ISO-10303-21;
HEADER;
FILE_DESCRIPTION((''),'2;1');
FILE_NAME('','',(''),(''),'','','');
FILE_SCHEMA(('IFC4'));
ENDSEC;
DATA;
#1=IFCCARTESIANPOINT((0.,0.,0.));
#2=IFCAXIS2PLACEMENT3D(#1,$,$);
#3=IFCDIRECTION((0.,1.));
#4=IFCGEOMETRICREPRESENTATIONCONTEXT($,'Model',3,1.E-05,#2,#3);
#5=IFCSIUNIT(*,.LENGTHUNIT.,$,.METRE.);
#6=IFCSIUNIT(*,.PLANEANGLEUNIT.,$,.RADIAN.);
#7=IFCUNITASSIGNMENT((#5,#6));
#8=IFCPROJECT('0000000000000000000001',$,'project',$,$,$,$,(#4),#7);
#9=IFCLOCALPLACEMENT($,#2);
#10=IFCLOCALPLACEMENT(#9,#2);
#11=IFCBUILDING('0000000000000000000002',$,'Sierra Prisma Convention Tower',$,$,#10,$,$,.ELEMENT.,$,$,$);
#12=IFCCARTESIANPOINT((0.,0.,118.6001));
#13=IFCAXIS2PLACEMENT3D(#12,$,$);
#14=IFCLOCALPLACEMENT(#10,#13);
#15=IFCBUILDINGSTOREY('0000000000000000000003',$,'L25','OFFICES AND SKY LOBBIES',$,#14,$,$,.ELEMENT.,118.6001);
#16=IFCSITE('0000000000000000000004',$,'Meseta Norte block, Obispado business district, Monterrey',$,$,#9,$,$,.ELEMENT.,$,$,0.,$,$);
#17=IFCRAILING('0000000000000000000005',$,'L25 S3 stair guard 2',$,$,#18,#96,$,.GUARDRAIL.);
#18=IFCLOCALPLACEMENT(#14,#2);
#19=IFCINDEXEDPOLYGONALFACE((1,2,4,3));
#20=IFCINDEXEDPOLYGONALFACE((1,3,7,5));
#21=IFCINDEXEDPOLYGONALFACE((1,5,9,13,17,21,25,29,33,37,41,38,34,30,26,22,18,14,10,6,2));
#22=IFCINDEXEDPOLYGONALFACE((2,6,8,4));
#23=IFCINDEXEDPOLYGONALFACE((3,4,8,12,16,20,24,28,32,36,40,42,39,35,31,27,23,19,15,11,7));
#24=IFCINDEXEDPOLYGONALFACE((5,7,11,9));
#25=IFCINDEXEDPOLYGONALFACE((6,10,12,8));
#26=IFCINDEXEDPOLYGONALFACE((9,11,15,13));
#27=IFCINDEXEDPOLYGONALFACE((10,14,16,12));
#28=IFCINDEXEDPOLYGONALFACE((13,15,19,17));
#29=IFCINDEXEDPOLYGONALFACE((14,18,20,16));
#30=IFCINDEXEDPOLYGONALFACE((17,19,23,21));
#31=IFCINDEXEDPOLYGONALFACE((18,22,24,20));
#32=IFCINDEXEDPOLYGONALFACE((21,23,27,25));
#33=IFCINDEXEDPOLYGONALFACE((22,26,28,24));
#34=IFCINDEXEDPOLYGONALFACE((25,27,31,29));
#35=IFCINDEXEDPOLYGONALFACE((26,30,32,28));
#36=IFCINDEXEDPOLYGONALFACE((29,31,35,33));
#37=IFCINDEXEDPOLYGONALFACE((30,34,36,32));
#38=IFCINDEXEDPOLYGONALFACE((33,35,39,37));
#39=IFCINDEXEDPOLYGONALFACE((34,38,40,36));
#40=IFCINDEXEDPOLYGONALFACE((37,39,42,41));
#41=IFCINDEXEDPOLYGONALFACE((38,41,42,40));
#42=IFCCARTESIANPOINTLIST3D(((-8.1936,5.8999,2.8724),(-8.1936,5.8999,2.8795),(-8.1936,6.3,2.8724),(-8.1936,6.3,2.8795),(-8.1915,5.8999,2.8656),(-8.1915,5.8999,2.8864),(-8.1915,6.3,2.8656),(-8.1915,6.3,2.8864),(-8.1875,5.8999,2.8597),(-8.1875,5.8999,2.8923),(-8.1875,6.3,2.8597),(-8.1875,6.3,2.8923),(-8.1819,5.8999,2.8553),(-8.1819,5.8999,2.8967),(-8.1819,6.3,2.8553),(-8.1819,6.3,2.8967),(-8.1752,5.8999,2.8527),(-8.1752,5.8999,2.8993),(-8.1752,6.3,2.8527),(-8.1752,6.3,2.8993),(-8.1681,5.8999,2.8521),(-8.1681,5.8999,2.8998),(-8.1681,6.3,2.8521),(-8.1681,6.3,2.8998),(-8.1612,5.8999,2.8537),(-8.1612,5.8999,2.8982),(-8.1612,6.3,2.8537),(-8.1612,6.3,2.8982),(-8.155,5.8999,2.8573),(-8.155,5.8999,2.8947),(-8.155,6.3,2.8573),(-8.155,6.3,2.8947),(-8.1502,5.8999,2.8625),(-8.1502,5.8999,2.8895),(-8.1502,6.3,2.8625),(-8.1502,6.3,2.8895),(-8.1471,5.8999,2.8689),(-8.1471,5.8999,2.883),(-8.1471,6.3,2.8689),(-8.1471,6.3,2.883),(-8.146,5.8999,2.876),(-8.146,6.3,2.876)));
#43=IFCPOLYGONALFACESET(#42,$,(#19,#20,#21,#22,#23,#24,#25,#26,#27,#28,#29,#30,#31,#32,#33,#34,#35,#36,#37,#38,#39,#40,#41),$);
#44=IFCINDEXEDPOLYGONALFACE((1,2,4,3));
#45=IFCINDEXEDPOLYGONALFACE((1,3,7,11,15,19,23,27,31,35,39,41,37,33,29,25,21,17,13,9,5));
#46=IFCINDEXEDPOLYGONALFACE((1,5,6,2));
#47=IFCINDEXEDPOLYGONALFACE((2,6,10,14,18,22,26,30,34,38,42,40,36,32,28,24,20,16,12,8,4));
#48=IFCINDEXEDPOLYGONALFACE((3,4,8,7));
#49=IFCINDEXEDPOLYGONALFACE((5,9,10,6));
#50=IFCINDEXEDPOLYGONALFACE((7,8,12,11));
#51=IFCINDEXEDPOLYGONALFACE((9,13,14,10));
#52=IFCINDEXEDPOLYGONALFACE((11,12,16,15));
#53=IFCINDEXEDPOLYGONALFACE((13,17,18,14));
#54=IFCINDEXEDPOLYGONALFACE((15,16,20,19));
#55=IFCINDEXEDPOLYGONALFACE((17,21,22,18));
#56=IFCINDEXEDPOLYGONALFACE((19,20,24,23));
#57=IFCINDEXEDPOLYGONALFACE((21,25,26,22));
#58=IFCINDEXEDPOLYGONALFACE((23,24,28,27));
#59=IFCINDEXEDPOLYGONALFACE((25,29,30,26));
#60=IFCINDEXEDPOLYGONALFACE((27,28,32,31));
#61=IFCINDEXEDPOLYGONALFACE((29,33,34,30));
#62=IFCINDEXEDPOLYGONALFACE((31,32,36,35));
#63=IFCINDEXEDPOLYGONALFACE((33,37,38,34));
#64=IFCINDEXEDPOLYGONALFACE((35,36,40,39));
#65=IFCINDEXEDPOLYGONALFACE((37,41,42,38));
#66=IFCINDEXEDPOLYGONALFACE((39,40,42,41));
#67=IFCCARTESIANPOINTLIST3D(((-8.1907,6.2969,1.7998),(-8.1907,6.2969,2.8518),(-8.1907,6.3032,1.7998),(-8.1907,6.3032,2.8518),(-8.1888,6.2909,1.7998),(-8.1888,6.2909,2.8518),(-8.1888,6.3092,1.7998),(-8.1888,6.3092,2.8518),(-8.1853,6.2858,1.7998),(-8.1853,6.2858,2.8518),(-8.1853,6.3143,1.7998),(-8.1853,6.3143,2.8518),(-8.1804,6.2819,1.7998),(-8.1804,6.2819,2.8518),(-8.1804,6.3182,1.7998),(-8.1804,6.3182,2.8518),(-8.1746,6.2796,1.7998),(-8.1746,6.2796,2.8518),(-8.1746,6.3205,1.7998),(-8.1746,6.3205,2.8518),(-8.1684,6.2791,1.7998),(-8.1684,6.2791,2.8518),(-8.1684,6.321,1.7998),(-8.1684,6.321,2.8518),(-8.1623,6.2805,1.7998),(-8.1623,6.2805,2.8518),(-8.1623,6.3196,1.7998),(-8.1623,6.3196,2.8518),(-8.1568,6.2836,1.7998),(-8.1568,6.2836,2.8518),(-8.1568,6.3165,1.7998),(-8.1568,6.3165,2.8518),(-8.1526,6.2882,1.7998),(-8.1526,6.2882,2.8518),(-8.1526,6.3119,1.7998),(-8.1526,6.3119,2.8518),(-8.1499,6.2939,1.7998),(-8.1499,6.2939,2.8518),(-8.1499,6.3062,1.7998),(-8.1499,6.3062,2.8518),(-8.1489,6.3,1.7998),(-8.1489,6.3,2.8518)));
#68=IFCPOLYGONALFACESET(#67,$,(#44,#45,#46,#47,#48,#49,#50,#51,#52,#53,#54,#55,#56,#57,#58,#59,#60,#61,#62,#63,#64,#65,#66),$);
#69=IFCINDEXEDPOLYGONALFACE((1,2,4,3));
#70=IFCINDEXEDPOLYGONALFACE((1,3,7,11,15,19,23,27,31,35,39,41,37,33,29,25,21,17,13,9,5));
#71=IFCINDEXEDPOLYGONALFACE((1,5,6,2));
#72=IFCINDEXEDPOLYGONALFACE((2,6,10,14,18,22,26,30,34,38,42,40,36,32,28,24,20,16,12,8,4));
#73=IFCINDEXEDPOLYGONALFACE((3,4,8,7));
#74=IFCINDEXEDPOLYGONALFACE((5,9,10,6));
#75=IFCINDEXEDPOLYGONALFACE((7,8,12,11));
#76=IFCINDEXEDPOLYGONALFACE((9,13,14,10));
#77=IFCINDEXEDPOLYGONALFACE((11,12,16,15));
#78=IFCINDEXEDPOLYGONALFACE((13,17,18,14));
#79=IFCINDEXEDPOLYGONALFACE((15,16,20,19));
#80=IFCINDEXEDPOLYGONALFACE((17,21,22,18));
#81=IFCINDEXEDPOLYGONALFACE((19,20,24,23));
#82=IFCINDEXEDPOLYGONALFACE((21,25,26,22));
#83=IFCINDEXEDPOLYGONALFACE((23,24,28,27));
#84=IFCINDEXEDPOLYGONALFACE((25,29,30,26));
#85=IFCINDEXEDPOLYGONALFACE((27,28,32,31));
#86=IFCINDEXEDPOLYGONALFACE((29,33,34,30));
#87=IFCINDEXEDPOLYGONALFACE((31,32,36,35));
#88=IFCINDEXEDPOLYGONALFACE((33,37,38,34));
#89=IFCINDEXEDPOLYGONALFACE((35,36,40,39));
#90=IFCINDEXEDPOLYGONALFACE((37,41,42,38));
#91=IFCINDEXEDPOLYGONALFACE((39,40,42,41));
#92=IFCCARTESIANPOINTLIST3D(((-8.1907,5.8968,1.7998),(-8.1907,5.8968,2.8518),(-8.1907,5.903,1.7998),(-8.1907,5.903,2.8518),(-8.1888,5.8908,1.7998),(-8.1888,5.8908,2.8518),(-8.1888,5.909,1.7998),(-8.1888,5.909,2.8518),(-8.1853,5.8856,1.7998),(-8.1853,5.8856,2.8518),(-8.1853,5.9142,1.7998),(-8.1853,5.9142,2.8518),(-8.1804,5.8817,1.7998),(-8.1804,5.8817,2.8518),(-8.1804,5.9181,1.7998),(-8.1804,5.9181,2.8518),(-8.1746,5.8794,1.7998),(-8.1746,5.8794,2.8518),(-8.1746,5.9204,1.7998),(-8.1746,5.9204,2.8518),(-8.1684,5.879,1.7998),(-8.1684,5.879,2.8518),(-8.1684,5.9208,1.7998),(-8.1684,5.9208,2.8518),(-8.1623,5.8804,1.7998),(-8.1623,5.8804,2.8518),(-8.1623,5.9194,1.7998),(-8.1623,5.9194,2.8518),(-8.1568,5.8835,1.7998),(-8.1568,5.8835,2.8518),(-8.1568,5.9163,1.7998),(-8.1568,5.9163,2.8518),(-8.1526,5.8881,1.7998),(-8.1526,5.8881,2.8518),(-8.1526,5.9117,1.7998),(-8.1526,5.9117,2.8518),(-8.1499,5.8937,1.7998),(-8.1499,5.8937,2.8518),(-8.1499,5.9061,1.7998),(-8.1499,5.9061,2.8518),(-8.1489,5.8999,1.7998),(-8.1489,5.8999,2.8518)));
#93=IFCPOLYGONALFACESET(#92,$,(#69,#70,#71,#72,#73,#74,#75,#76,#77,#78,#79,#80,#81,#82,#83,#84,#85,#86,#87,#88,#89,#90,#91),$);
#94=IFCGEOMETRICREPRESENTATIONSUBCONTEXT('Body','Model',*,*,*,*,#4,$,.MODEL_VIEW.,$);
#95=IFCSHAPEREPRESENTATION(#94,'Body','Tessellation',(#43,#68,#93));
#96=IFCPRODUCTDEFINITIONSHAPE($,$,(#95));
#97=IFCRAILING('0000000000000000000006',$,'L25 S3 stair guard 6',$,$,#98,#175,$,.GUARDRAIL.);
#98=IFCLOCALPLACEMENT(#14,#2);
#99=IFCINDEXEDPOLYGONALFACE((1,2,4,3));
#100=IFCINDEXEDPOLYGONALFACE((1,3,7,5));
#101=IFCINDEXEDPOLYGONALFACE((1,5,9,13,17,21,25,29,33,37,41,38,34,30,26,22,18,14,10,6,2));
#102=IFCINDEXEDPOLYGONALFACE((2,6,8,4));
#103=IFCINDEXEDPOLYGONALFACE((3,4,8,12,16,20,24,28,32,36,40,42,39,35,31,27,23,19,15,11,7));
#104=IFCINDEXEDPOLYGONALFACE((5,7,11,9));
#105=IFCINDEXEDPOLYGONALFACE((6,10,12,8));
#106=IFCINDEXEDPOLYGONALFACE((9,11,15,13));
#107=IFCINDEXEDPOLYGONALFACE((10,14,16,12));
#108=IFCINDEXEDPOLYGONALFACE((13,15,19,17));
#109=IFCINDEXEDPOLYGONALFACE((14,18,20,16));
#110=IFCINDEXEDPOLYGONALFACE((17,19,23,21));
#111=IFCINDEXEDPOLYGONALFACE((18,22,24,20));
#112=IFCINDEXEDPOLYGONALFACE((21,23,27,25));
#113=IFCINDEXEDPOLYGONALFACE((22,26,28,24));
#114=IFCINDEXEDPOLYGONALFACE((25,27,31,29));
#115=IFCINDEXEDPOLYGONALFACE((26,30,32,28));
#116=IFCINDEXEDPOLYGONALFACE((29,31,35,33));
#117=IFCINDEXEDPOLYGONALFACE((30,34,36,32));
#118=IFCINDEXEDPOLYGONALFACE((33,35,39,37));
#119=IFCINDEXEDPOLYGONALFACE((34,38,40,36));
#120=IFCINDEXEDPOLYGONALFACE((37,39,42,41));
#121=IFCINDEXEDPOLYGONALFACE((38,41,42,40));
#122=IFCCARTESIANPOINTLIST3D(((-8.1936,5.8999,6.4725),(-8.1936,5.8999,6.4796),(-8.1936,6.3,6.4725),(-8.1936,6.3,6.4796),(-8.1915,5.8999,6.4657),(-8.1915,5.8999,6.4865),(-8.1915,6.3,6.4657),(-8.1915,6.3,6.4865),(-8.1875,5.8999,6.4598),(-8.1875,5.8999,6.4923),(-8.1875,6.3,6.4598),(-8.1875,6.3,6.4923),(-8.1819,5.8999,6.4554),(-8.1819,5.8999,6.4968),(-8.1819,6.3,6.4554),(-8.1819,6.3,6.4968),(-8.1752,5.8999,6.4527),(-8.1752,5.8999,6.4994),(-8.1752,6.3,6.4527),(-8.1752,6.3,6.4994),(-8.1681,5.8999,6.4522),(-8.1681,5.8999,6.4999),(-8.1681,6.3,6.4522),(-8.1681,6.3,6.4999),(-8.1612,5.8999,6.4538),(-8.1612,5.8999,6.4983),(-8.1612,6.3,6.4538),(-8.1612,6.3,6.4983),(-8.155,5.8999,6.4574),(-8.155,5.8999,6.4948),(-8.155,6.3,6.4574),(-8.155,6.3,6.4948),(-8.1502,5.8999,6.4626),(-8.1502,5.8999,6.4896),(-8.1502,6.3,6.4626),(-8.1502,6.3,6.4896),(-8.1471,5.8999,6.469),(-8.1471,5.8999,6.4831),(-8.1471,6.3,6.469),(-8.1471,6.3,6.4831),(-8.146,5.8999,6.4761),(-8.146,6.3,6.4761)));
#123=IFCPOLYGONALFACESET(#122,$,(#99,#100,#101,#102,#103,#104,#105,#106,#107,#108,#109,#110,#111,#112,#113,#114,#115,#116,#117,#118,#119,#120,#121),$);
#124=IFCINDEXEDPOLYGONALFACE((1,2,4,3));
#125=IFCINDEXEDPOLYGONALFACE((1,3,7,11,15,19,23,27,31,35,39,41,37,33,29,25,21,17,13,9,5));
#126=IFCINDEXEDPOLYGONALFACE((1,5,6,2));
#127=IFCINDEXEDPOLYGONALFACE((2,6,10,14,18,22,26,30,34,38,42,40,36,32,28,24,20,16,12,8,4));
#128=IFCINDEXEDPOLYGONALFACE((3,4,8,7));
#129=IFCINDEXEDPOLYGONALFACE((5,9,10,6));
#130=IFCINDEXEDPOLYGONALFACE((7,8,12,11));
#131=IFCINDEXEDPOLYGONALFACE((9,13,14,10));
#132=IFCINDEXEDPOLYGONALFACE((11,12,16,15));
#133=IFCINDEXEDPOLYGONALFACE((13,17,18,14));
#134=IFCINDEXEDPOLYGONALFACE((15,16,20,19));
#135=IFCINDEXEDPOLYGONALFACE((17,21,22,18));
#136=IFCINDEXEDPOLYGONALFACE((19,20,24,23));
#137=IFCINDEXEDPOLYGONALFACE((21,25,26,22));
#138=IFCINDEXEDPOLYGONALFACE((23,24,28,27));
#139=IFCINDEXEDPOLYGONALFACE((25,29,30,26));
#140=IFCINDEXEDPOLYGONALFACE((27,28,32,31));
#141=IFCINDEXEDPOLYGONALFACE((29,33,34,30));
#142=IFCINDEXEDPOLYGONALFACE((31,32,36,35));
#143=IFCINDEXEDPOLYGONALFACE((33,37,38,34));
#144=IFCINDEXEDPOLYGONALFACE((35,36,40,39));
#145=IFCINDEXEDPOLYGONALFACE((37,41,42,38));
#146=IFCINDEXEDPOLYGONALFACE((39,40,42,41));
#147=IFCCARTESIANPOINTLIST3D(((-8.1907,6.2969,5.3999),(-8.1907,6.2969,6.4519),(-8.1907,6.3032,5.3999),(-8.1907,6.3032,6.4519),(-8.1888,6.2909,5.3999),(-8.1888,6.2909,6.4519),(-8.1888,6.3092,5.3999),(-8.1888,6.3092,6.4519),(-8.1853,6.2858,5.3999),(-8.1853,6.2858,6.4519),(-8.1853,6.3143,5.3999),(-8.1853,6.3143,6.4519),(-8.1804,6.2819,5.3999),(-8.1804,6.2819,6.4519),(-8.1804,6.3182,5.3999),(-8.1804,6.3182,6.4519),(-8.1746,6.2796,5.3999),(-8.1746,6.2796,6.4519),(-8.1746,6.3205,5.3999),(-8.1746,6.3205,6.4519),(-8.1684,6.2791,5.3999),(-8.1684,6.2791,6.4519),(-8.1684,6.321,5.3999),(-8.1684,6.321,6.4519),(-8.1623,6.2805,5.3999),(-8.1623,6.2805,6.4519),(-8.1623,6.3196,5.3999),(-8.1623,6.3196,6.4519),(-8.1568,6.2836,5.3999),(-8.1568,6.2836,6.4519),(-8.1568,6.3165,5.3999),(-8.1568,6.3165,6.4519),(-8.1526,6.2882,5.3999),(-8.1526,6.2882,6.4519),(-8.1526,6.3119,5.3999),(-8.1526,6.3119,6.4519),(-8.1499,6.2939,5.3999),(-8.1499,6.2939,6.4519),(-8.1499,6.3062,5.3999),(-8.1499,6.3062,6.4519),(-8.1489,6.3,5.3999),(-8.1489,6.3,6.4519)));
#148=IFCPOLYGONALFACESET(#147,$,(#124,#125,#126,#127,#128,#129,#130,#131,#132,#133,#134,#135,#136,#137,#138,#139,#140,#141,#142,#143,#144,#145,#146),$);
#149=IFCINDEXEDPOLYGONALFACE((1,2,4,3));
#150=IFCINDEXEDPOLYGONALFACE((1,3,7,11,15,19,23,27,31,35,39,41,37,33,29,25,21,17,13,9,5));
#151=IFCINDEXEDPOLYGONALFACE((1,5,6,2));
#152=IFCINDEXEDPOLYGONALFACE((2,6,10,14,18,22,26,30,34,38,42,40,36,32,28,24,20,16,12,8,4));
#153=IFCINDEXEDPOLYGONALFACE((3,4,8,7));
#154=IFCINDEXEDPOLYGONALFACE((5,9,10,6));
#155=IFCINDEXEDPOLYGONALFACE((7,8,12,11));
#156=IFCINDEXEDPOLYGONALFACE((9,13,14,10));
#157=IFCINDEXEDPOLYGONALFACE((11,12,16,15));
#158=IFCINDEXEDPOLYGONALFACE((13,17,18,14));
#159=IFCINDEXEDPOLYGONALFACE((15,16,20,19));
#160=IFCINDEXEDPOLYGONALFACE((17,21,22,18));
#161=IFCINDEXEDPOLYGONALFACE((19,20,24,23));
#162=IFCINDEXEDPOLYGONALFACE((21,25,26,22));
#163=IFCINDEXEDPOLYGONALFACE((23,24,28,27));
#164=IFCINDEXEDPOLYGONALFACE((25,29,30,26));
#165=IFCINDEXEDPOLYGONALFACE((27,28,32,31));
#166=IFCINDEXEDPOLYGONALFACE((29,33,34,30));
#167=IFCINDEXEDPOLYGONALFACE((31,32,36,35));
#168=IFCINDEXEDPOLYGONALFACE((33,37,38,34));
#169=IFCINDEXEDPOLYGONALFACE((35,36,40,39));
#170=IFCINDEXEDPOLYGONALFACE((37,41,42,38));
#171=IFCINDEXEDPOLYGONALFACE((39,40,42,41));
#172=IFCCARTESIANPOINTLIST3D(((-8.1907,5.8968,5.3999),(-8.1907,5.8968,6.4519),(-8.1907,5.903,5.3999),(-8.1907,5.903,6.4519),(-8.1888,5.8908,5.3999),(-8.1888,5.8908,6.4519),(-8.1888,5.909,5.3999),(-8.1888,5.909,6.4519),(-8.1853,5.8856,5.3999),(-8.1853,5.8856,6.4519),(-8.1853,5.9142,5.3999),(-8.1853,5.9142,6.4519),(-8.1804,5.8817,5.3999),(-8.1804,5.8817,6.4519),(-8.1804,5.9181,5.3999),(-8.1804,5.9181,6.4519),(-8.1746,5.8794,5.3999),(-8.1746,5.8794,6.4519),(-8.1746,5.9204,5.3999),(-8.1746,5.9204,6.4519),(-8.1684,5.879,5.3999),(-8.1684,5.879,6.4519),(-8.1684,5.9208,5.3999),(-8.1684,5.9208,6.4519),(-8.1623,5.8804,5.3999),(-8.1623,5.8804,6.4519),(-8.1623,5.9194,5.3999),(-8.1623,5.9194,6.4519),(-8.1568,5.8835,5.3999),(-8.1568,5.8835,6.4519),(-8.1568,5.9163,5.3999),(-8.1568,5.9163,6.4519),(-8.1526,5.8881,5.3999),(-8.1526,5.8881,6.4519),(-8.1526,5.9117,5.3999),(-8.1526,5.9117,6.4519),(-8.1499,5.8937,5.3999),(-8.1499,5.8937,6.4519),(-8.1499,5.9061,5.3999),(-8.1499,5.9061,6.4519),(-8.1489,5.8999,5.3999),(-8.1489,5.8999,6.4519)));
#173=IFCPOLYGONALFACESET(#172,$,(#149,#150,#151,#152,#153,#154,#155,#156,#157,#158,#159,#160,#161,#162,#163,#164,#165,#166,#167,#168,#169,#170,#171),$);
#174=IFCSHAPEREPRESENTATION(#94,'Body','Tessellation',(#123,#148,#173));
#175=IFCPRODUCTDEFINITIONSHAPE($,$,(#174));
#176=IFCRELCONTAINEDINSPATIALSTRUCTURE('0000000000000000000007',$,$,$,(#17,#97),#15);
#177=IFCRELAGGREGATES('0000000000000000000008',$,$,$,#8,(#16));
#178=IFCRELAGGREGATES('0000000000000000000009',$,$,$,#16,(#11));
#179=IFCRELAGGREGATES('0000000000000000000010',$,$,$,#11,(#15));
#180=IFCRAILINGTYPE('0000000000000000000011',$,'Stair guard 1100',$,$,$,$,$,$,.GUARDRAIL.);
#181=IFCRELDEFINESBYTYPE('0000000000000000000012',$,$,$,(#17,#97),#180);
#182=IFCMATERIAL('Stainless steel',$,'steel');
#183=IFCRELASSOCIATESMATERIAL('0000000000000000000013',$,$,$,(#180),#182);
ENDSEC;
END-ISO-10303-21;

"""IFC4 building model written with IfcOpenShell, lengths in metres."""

from ifc_helpers import new_model, si_unit, direction, frame, origin, origin_2d, place, context, subcontext, project, spatial, circle, extrude, material, type_object, element, save


model = new_model("IFC4")

# Units and contexts
model_context = context("Model", 3, precision=1e-05, world=origin(), true_north=direction((0.0, 1.0)))
body_context = subcontext(model_context, "Body", "Model", "MODEL_VIEW")
ifc_project = project(units=[si_unit("LENGTHUNIT", "METRE"), si_unit("PLANEANGLEUNIT", "RADIAN")], contexts=[model_context])

# Site, building, storey
site_placement = place(None, origin())
site = spatial("IfcSite", under=ifc_project, at=site_placement, Name="Meseta Norte block, Obispado business district, Monterrey", CompositionType="ELEMENT", RefElevation=0.0)
building_placement = place(site_placement, origin())
building = spatial("IfcBuilding", under=site, at=building_placement, Name="Sierra Prisma Convention Tower", CompositionType="ELEMENT")
storey_placement = place(building_placement, frame((0.0, 0.0, 118.6001)))
storey = spatial("IfcBuildingStorey", under=building, at=storey_placement, Name="L25", Description="OFFICES AND SKY LOBBIES", CompositionType="ELEMENT", Elevation=118.6001)

# Railings
ifc_material_1 = material(Name="Stainless steel", Category="steel")
railing_type_1 = type_object("IfcRailingType", Name="Stair guard 1100", PredefinedType="GUARDRAIL", material=ifc_material_1)
for number, where, name in (
    (1, (-8.1699, 6.3, 1.7998), "L25 S3 stair guard 2"),
    (2, (-8.1699, 6.3, 5.3999), "L25 S3 stair guard 6"),
):
    element("IfcRailing", number, at=place(storey_placement, frame(where)), inside=storey, type_object=railing_type_1, Name=name, PredefinedType="GUARDRAIL", context=body_context, shape_type="SweptSolid", body=[
        extrude(circle(Radius=0.0239, at=origin_2d()), frame((0.0, 0.0, 1.0762), z_axis=(0.0, -1.0, 0.0), x_axis=(1.0, 0.0, 0.0)), (0.0, 0.0, 1.0), 0.4001),
        extrude(circle(Radius=0.021, at=origin_2d()), origin(), (0.0, 0.0, 1.0), 1.052),
        extrude(circle(Radius=0.021, at=origin_2d()), frame((0.0, -0.4001, 0.0)), (0.0, 0.0, 1.0), 1.052),
    ])

save(model, "model.ifc")
